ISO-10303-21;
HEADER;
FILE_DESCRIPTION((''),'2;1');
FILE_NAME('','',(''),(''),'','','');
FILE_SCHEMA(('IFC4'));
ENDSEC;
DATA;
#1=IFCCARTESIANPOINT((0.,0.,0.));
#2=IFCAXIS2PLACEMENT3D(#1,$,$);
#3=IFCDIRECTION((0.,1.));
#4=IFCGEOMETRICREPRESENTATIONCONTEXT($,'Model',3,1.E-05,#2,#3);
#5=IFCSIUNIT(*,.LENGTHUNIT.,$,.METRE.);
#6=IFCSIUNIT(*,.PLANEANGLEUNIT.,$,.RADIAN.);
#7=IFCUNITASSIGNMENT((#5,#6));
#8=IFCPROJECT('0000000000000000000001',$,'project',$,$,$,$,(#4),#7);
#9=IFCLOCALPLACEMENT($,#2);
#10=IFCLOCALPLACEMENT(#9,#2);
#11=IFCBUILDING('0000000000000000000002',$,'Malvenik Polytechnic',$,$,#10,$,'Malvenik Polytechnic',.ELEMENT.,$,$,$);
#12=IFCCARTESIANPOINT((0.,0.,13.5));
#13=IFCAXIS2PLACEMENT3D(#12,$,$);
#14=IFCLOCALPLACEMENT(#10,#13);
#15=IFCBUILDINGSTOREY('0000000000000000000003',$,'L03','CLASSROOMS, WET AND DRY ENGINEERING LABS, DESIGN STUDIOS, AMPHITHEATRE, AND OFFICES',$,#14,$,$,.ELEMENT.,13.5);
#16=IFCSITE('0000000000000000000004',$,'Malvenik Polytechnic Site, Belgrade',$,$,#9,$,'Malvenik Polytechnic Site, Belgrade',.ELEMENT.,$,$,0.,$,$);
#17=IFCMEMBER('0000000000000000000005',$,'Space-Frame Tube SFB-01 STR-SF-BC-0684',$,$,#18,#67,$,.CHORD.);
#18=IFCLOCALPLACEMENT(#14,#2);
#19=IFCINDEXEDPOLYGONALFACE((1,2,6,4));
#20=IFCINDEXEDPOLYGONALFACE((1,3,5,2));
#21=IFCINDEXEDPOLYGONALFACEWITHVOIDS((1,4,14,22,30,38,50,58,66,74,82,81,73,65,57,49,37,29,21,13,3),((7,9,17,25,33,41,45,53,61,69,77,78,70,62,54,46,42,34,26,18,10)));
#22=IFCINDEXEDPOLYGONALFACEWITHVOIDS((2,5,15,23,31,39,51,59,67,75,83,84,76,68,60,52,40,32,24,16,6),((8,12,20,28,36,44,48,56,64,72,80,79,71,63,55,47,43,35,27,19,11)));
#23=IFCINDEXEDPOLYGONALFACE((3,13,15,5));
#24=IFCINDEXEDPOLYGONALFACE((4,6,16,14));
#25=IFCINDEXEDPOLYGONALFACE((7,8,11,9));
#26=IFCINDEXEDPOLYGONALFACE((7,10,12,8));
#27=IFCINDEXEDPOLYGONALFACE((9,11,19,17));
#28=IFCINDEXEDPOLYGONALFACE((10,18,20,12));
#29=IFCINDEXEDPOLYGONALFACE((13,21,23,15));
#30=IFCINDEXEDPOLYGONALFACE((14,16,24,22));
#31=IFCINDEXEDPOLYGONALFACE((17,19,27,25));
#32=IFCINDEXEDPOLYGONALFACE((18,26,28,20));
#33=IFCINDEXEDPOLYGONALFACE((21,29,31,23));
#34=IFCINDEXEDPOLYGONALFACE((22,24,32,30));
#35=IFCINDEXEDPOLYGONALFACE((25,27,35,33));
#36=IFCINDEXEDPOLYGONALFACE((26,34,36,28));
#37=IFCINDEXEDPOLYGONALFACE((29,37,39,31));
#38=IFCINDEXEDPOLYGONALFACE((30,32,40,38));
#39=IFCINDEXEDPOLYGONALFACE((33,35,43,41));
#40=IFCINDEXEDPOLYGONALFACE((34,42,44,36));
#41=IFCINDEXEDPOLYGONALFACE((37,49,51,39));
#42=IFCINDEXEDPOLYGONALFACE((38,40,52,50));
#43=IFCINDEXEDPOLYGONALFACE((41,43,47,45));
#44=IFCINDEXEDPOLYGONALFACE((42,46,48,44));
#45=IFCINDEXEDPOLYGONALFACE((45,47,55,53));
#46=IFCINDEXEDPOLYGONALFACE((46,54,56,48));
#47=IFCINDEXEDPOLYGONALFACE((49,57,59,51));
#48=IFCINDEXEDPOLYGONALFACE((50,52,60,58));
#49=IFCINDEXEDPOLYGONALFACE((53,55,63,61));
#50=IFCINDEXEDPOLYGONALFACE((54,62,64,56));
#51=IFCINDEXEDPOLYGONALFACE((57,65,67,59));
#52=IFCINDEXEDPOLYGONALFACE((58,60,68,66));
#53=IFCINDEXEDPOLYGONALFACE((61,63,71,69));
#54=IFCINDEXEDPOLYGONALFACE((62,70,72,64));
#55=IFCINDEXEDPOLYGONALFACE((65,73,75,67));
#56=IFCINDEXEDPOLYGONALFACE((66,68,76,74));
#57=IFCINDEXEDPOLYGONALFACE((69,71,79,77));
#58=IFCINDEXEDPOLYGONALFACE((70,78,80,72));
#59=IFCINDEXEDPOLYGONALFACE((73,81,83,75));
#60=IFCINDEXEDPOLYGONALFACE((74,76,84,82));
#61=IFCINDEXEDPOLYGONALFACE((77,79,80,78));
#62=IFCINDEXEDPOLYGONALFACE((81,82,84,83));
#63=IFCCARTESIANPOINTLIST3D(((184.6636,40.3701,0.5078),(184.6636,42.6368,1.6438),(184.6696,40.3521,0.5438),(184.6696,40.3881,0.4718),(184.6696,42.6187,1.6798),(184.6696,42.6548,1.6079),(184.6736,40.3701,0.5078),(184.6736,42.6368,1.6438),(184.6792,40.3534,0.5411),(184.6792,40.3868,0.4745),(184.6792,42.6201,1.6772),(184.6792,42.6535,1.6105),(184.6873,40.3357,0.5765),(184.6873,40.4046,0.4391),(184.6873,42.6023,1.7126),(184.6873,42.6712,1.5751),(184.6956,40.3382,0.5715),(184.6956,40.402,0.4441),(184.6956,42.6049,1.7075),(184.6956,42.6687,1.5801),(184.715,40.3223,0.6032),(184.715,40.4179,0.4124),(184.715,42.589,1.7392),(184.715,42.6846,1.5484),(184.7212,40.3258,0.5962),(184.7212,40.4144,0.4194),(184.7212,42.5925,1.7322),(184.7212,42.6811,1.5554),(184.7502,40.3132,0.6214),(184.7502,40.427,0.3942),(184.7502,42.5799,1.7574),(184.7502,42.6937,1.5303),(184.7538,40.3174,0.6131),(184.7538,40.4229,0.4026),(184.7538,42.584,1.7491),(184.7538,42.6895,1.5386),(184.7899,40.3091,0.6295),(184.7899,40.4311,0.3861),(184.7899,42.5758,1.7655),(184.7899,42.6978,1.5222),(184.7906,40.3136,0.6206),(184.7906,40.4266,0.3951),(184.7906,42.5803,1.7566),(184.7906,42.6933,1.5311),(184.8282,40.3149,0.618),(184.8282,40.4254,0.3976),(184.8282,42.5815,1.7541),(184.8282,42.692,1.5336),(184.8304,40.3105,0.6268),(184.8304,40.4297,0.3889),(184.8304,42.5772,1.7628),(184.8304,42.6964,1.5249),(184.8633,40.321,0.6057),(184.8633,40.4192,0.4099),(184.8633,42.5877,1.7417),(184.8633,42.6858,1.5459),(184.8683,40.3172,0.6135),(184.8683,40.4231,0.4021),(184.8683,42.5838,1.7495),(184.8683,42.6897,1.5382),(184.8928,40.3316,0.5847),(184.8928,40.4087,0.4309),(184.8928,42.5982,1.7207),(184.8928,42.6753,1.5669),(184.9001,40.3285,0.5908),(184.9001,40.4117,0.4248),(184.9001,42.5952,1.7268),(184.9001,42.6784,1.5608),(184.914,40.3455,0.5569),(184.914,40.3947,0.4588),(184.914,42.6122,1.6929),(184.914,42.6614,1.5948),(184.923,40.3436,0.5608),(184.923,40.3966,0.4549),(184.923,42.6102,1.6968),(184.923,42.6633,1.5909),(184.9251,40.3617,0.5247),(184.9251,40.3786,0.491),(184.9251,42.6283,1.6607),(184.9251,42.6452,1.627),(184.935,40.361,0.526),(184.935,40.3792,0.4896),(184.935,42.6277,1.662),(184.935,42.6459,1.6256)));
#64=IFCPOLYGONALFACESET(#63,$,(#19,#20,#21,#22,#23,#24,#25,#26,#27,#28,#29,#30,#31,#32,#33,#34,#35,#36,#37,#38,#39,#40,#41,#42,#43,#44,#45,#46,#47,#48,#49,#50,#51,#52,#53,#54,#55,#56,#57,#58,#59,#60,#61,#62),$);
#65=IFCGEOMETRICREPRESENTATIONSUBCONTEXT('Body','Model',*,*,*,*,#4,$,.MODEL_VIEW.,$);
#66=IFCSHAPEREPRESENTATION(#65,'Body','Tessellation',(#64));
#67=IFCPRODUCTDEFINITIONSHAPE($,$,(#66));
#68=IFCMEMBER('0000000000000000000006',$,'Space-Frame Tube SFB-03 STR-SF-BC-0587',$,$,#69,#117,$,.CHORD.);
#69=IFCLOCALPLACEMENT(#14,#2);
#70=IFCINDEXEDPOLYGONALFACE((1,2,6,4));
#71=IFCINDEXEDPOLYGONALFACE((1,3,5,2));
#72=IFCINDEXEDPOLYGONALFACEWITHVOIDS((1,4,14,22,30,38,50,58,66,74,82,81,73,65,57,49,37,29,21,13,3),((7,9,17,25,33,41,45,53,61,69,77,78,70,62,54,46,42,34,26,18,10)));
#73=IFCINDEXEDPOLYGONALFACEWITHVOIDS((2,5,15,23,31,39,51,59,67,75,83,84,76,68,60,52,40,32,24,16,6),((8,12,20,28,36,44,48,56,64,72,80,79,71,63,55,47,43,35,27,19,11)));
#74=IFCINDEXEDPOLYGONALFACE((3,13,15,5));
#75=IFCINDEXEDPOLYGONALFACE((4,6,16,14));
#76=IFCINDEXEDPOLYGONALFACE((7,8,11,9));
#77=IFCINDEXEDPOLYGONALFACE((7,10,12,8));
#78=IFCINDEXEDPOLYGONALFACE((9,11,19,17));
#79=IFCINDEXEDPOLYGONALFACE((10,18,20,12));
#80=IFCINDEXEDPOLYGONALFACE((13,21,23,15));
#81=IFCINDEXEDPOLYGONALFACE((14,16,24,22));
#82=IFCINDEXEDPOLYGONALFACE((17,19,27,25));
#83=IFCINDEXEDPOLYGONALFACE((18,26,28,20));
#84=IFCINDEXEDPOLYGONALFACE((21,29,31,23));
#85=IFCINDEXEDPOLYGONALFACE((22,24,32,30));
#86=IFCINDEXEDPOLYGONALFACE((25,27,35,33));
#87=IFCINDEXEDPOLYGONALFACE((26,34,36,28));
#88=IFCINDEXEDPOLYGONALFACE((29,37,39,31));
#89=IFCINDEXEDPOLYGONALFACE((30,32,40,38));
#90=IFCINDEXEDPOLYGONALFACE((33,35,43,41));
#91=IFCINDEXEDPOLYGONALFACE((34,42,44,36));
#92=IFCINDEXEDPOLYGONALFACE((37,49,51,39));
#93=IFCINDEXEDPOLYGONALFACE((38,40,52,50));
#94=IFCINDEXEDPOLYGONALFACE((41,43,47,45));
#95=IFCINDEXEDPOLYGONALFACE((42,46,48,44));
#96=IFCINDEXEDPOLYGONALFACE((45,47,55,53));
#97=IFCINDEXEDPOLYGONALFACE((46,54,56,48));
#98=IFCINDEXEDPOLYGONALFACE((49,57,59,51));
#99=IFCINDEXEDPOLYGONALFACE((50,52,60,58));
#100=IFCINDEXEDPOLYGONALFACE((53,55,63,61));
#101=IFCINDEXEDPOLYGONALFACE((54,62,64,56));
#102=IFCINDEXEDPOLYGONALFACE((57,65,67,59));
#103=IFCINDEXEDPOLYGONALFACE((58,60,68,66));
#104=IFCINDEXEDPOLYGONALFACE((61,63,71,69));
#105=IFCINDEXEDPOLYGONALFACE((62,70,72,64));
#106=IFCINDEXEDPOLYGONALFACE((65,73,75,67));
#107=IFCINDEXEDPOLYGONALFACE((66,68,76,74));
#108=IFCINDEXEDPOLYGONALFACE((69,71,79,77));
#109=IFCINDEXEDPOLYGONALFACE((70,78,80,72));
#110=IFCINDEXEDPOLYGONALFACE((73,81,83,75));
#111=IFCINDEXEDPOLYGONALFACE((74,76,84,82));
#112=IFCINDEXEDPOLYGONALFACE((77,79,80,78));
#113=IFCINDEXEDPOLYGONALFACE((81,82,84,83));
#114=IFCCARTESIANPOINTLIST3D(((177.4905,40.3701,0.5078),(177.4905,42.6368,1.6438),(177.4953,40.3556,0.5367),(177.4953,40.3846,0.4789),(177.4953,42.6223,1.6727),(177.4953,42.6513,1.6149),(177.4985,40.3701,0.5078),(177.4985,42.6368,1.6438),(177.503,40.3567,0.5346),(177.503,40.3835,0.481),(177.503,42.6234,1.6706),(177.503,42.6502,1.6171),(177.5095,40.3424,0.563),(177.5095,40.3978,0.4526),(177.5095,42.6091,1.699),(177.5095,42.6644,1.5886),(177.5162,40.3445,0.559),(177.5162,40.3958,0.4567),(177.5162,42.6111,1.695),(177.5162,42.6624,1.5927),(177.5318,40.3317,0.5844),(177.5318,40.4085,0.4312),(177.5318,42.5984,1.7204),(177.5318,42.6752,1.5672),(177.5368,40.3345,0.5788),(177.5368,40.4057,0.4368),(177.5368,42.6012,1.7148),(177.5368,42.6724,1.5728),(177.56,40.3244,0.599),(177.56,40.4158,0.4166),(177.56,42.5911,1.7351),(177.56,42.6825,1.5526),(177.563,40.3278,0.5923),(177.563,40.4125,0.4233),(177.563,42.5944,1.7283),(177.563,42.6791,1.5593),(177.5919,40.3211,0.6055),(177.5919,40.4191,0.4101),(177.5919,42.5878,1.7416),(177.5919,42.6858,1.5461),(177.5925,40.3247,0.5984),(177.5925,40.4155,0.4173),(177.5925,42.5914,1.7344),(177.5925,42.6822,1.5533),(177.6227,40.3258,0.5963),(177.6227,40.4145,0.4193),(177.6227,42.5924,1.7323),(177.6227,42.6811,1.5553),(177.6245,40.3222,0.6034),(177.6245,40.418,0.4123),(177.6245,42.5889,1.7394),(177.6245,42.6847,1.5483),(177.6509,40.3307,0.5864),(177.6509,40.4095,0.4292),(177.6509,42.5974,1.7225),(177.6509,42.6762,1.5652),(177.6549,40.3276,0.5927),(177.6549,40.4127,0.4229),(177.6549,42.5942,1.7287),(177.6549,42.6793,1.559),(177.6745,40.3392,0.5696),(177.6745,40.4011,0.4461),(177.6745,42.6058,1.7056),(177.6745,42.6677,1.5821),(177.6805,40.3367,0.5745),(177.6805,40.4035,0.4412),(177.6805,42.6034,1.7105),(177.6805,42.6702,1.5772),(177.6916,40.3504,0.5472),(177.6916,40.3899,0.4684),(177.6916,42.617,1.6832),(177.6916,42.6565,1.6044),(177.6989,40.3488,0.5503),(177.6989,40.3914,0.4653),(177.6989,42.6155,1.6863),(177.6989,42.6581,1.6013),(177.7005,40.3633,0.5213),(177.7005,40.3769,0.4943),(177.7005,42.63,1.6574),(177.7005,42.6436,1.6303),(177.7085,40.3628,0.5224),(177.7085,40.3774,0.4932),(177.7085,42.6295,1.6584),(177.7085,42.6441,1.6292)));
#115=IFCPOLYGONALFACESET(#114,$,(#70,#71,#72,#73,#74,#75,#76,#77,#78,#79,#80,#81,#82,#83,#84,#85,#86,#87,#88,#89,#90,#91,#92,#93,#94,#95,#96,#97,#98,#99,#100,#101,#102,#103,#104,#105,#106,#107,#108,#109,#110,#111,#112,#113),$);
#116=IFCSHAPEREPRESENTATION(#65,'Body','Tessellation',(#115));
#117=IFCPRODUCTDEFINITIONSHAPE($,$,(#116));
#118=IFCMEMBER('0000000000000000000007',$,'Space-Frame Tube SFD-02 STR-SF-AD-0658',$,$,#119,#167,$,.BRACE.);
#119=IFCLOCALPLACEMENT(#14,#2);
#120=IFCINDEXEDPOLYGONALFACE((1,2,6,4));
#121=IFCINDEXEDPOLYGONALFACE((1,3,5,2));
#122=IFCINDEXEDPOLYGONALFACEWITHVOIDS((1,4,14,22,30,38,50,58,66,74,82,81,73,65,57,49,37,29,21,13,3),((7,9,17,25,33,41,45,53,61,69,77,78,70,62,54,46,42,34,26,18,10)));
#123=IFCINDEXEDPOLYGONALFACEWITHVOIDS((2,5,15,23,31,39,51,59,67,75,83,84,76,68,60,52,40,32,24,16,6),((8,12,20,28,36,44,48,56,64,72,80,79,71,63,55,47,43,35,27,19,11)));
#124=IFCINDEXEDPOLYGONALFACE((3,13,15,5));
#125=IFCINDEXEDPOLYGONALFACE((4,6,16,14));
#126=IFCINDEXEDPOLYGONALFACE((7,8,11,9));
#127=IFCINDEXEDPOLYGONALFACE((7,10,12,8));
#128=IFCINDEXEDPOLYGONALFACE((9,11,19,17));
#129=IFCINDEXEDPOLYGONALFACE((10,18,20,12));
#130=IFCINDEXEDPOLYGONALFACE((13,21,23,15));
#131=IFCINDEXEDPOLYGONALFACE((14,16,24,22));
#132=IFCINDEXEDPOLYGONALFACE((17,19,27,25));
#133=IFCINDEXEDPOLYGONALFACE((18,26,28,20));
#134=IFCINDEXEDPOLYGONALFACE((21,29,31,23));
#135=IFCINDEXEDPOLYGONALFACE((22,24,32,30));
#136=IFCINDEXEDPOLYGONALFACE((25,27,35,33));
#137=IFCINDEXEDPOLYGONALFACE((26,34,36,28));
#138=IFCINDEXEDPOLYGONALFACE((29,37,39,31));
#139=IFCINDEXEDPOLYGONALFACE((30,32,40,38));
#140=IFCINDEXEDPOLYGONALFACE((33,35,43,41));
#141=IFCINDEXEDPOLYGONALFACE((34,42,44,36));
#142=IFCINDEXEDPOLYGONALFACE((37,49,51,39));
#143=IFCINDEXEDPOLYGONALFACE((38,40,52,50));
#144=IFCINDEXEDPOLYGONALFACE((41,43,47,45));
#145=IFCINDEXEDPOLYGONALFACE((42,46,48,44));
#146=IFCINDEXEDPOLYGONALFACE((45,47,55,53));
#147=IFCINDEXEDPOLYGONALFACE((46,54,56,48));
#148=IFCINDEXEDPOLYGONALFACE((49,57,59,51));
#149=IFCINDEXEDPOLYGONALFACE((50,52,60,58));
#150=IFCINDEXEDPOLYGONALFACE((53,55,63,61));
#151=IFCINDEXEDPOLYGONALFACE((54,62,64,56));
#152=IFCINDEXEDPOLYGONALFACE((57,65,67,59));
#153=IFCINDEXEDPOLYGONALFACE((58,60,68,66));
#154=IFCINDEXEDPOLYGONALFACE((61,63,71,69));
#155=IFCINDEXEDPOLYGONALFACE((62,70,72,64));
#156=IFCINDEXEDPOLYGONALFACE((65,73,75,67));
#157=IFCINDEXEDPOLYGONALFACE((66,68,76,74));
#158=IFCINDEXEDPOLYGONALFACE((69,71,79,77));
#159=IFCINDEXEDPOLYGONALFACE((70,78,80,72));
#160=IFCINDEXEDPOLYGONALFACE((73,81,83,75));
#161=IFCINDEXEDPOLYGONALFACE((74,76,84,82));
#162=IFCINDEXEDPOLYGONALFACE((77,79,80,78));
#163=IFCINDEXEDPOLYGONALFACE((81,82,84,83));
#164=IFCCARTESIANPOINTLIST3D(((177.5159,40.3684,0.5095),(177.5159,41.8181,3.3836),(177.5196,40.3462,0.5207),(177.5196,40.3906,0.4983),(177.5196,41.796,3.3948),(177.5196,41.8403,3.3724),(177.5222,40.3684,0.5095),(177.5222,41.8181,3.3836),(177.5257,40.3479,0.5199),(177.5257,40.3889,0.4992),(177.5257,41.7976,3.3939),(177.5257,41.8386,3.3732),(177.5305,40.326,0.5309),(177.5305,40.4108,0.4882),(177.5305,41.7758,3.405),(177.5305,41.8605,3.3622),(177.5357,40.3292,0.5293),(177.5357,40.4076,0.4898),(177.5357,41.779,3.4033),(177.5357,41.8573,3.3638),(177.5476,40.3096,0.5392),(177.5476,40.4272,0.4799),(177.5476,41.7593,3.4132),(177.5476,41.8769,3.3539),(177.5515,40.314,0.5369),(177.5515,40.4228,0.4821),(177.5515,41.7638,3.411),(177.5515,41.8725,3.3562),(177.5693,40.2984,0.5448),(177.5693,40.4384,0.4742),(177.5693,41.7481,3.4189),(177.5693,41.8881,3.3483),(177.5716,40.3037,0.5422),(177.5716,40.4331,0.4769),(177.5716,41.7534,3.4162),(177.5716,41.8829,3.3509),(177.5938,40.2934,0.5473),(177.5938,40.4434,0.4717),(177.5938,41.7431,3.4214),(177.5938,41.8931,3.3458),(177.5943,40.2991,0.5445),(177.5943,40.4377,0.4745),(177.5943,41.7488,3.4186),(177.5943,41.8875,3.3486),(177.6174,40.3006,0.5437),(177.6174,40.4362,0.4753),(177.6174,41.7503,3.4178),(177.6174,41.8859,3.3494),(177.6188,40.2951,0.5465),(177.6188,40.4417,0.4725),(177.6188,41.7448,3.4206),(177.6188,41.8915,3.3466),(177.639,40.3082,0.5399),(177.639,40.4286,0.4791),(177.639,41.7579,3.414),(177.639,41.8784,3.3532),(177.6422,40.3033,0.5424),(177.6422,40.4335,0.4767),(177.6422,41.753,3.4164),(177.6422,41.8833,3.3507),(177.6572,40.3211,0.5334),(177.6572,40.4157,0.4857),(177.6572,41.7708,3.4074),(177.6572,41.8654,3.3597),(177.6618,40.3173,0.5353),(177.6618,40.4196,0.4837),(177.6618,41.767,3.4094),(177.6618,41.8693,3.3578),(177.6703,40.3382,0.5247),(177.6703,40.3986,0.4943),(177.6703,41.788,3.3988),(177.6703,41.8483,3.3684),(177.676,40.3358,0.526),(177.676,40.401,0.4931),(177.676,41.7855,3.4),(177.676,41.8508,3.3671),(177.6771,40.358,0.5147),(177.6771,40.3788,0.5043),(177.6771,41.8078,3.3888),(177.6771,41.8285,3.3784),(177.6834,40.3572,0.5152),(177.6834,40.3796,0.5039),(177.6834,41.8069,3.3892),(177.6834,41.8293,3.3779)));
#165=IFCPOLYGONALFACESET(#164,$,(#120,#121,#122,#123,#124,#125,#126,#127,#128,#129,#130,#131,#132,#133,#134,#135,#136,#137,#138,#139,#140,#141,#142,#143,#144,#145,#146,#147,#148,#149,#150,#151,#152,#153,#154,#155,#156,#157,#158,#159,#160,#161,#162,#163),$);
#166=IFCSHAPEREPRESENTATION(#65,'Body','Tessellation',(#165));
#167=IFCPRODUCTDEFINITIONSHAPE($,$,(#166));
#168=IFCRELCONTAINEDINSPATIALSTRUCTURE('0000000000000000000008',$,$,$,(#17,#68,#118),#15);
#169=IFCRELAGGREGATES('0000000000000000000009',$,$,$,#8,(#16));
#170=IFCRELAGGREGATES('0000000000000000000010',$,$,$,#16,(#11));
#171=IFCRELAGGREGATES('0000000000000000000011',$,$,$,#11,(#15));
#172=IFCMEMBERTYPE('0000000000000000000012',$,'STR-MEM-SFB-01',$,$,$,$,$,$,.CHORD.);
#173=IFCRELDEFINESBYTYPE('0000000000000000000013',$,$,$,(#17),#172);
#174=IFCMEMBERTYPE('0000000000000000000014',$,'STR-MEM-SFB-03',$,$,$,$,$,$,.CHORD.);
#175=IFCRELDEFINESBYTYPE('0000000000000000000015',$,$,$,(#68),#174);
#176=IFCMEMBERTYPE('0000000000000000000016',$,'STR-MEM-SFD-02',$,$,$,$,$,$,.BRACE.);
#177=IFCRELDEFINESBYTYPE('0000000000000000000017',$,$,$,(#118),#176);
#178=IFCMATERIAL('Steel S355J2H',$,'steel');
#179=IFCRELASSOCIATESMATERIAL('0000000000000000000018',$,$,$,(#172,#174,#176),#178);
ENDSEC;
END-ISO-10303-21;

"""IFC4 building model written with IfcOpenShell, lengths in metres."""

from ifc_helpers import new_model, si_unit, direction, frame, origin, origin_2d, place, context, subcontext, project, spatial, hollow_circle, extrude, material, material_profile, profile_set, type_object, element, save


model = new_model("IFC4")

# Units and contexts
model_context = context("Model", 3, precision=1e-05, world=origin(), true_north=direction((0.0, 1.0)))
body_context = subcontext(model_context, "Body", "Model", "MODEL_VIEW")
ifc_project = project(units=[si_unit("LENGTHUNIT", "METRE"), si_unit("PLANEANGLEUNIT", "RADIAN")], contexts=[model_context])

# Site, building, storey
site_placement = place(None, origin())
site = spatial("IfcSite", under=ifc_project, at=site_placement, Name="Malvenik Polytechnic Site, Belgrade", LongName="Malvenik Polytechnic Site, Belgrade", CompositionType="ELEMENT", RefElevation=0.0)
building_placement = place(site_placement, origin())
building = spatial("IfcBuilding", under=site, at=building_placement, Name="Malvenik Polytechnic", LongName="Malvenik Polytechnic", CompositionType="ELEMENT")
storey_placement = place(building_placement, frame((0.0, 0.0, 13.5)))
storey = spatial("IfcBuildingStorey", under=building, at=storey_placement, Name="L03", Description="CLASSROOMS, WET AND DRY ENGINEERING LABS, DESIGN STUDIOS, AMPHITHEATRE, AND OFFICES", CompositionType="ELEMENT", Elevation=13.5)

# Members
ifc_material = material(Name="Steel S355J2H", Category="steel")
ifc_material_profile_1 = material_profile(ifc_material, hollow_circle(Radius=0.1365, WallThickness=0.01, at=origin_2d()), Name="CHS 273.0x10.0")
ifc_profile_set_1 = profile_set([ifc_material_profile_1], Name="Steel S355J2H")
member_type_1 = type_object("IfcMemberType", Name="STR-MEM-SFB-01", PredefinedType="CHORD", material=ifc_profile_set_1)
member_1_placement = place(storey_placement, frame((184.8, 40.3701, 0.5078), z_axis=(0.0, 0.894003, 0.448061), x_axis=(-1.0, 0.0, 0.0)))
element("IfcMember", 1, at=member_1_placement, inside=storey, type_object=member_type_1, Name="Space-Frame Tube SFB-01 STR-SF-BC-0684", PredefinedType="CHORD", context=body_context, shape_type="SweptSolid", body=[
    extrude(hollow_circle(Radius=0.1365, WallThickness=0.01, at=origin_2d()), origin(), (0.0, 0.0, 1.0), 2.5354),
])
ifc_material_profile_2 = material_profile(ifc_material, hollow_circle(Radius=0.1096, WallThickness=0.0081, at=origin_2d()), Name="CHS 219.1x8.0")
ifc_profile_set_2 = profile_set([ifc_material_profile_2], Name="Steel S355J2H")
member_type_2 = type_object("IfcMemberType", Name="STR-MEM-SFB-03", PredefinedType="CHORD", material=ifc_profile_set_2)
member_2_placement = place(storey_placement, frame((177.6001, 40.3701, 0.5078), z_axis=(0.0, 0.894003, 0.448061), x_axis=(-1.0, 0.0, 0.0)))
element("IfcMember", 2, at=member_2_placement, inside=storey, type_object=member_type_2, Name="Space-Frame Tube SFB-03 STR-SF-BC-0587", PredefinedType="CHORD", context=body_context, shape_type="SweptSolid", body=[
    extrude(hollow_circle(Radius=0.1096, WallThickness=0.0081, at=origin_2d()), origin(), (0.0, 0.0, 1.0), 2.5354),
])
ifc_material_profile_3 = material_profile(ifc_material, hollow_circle(Radius=0.0842, WallThickness=0.0063, at=origin_2d()), Name="CHS 168.3x6.3")
ifc_profile_set_3 = profile_set([ifc_material_profile_3], Name="Steel S355J2H")
member_type_3 = type_object("IfcMemberType", Name="STR-MEM-SFD-02", PredefinedType="BRACE", material=ifc_profile_set_3)
for number, where, z_axis, x_axis, name in (
    (3, (177.6001, 40.3684, 0.5095), (0.0, 0.450366, 0.892844), (-1.0, 0.0, 0.0), "Space-Frame Tube SFD-02 STR-SF-AD-0658"),
):
    element("IfcMember", number, at=place(storey_placement, frame(where, z_axis=z_axis, x_axis=x_axis)), inside=storey, type_object=member_type_3, Name=name, PredefinedType="BRACE", context=body_context, shape_type="SweptSolid", body=[
        extrude(hollow_circle(Radius=0.0842, WallThickness=0.0063, at=origin_2d()), origin(), (0.0, 0.0, 1.0), 3.219),
    ])

save(model, "model.ifc")
